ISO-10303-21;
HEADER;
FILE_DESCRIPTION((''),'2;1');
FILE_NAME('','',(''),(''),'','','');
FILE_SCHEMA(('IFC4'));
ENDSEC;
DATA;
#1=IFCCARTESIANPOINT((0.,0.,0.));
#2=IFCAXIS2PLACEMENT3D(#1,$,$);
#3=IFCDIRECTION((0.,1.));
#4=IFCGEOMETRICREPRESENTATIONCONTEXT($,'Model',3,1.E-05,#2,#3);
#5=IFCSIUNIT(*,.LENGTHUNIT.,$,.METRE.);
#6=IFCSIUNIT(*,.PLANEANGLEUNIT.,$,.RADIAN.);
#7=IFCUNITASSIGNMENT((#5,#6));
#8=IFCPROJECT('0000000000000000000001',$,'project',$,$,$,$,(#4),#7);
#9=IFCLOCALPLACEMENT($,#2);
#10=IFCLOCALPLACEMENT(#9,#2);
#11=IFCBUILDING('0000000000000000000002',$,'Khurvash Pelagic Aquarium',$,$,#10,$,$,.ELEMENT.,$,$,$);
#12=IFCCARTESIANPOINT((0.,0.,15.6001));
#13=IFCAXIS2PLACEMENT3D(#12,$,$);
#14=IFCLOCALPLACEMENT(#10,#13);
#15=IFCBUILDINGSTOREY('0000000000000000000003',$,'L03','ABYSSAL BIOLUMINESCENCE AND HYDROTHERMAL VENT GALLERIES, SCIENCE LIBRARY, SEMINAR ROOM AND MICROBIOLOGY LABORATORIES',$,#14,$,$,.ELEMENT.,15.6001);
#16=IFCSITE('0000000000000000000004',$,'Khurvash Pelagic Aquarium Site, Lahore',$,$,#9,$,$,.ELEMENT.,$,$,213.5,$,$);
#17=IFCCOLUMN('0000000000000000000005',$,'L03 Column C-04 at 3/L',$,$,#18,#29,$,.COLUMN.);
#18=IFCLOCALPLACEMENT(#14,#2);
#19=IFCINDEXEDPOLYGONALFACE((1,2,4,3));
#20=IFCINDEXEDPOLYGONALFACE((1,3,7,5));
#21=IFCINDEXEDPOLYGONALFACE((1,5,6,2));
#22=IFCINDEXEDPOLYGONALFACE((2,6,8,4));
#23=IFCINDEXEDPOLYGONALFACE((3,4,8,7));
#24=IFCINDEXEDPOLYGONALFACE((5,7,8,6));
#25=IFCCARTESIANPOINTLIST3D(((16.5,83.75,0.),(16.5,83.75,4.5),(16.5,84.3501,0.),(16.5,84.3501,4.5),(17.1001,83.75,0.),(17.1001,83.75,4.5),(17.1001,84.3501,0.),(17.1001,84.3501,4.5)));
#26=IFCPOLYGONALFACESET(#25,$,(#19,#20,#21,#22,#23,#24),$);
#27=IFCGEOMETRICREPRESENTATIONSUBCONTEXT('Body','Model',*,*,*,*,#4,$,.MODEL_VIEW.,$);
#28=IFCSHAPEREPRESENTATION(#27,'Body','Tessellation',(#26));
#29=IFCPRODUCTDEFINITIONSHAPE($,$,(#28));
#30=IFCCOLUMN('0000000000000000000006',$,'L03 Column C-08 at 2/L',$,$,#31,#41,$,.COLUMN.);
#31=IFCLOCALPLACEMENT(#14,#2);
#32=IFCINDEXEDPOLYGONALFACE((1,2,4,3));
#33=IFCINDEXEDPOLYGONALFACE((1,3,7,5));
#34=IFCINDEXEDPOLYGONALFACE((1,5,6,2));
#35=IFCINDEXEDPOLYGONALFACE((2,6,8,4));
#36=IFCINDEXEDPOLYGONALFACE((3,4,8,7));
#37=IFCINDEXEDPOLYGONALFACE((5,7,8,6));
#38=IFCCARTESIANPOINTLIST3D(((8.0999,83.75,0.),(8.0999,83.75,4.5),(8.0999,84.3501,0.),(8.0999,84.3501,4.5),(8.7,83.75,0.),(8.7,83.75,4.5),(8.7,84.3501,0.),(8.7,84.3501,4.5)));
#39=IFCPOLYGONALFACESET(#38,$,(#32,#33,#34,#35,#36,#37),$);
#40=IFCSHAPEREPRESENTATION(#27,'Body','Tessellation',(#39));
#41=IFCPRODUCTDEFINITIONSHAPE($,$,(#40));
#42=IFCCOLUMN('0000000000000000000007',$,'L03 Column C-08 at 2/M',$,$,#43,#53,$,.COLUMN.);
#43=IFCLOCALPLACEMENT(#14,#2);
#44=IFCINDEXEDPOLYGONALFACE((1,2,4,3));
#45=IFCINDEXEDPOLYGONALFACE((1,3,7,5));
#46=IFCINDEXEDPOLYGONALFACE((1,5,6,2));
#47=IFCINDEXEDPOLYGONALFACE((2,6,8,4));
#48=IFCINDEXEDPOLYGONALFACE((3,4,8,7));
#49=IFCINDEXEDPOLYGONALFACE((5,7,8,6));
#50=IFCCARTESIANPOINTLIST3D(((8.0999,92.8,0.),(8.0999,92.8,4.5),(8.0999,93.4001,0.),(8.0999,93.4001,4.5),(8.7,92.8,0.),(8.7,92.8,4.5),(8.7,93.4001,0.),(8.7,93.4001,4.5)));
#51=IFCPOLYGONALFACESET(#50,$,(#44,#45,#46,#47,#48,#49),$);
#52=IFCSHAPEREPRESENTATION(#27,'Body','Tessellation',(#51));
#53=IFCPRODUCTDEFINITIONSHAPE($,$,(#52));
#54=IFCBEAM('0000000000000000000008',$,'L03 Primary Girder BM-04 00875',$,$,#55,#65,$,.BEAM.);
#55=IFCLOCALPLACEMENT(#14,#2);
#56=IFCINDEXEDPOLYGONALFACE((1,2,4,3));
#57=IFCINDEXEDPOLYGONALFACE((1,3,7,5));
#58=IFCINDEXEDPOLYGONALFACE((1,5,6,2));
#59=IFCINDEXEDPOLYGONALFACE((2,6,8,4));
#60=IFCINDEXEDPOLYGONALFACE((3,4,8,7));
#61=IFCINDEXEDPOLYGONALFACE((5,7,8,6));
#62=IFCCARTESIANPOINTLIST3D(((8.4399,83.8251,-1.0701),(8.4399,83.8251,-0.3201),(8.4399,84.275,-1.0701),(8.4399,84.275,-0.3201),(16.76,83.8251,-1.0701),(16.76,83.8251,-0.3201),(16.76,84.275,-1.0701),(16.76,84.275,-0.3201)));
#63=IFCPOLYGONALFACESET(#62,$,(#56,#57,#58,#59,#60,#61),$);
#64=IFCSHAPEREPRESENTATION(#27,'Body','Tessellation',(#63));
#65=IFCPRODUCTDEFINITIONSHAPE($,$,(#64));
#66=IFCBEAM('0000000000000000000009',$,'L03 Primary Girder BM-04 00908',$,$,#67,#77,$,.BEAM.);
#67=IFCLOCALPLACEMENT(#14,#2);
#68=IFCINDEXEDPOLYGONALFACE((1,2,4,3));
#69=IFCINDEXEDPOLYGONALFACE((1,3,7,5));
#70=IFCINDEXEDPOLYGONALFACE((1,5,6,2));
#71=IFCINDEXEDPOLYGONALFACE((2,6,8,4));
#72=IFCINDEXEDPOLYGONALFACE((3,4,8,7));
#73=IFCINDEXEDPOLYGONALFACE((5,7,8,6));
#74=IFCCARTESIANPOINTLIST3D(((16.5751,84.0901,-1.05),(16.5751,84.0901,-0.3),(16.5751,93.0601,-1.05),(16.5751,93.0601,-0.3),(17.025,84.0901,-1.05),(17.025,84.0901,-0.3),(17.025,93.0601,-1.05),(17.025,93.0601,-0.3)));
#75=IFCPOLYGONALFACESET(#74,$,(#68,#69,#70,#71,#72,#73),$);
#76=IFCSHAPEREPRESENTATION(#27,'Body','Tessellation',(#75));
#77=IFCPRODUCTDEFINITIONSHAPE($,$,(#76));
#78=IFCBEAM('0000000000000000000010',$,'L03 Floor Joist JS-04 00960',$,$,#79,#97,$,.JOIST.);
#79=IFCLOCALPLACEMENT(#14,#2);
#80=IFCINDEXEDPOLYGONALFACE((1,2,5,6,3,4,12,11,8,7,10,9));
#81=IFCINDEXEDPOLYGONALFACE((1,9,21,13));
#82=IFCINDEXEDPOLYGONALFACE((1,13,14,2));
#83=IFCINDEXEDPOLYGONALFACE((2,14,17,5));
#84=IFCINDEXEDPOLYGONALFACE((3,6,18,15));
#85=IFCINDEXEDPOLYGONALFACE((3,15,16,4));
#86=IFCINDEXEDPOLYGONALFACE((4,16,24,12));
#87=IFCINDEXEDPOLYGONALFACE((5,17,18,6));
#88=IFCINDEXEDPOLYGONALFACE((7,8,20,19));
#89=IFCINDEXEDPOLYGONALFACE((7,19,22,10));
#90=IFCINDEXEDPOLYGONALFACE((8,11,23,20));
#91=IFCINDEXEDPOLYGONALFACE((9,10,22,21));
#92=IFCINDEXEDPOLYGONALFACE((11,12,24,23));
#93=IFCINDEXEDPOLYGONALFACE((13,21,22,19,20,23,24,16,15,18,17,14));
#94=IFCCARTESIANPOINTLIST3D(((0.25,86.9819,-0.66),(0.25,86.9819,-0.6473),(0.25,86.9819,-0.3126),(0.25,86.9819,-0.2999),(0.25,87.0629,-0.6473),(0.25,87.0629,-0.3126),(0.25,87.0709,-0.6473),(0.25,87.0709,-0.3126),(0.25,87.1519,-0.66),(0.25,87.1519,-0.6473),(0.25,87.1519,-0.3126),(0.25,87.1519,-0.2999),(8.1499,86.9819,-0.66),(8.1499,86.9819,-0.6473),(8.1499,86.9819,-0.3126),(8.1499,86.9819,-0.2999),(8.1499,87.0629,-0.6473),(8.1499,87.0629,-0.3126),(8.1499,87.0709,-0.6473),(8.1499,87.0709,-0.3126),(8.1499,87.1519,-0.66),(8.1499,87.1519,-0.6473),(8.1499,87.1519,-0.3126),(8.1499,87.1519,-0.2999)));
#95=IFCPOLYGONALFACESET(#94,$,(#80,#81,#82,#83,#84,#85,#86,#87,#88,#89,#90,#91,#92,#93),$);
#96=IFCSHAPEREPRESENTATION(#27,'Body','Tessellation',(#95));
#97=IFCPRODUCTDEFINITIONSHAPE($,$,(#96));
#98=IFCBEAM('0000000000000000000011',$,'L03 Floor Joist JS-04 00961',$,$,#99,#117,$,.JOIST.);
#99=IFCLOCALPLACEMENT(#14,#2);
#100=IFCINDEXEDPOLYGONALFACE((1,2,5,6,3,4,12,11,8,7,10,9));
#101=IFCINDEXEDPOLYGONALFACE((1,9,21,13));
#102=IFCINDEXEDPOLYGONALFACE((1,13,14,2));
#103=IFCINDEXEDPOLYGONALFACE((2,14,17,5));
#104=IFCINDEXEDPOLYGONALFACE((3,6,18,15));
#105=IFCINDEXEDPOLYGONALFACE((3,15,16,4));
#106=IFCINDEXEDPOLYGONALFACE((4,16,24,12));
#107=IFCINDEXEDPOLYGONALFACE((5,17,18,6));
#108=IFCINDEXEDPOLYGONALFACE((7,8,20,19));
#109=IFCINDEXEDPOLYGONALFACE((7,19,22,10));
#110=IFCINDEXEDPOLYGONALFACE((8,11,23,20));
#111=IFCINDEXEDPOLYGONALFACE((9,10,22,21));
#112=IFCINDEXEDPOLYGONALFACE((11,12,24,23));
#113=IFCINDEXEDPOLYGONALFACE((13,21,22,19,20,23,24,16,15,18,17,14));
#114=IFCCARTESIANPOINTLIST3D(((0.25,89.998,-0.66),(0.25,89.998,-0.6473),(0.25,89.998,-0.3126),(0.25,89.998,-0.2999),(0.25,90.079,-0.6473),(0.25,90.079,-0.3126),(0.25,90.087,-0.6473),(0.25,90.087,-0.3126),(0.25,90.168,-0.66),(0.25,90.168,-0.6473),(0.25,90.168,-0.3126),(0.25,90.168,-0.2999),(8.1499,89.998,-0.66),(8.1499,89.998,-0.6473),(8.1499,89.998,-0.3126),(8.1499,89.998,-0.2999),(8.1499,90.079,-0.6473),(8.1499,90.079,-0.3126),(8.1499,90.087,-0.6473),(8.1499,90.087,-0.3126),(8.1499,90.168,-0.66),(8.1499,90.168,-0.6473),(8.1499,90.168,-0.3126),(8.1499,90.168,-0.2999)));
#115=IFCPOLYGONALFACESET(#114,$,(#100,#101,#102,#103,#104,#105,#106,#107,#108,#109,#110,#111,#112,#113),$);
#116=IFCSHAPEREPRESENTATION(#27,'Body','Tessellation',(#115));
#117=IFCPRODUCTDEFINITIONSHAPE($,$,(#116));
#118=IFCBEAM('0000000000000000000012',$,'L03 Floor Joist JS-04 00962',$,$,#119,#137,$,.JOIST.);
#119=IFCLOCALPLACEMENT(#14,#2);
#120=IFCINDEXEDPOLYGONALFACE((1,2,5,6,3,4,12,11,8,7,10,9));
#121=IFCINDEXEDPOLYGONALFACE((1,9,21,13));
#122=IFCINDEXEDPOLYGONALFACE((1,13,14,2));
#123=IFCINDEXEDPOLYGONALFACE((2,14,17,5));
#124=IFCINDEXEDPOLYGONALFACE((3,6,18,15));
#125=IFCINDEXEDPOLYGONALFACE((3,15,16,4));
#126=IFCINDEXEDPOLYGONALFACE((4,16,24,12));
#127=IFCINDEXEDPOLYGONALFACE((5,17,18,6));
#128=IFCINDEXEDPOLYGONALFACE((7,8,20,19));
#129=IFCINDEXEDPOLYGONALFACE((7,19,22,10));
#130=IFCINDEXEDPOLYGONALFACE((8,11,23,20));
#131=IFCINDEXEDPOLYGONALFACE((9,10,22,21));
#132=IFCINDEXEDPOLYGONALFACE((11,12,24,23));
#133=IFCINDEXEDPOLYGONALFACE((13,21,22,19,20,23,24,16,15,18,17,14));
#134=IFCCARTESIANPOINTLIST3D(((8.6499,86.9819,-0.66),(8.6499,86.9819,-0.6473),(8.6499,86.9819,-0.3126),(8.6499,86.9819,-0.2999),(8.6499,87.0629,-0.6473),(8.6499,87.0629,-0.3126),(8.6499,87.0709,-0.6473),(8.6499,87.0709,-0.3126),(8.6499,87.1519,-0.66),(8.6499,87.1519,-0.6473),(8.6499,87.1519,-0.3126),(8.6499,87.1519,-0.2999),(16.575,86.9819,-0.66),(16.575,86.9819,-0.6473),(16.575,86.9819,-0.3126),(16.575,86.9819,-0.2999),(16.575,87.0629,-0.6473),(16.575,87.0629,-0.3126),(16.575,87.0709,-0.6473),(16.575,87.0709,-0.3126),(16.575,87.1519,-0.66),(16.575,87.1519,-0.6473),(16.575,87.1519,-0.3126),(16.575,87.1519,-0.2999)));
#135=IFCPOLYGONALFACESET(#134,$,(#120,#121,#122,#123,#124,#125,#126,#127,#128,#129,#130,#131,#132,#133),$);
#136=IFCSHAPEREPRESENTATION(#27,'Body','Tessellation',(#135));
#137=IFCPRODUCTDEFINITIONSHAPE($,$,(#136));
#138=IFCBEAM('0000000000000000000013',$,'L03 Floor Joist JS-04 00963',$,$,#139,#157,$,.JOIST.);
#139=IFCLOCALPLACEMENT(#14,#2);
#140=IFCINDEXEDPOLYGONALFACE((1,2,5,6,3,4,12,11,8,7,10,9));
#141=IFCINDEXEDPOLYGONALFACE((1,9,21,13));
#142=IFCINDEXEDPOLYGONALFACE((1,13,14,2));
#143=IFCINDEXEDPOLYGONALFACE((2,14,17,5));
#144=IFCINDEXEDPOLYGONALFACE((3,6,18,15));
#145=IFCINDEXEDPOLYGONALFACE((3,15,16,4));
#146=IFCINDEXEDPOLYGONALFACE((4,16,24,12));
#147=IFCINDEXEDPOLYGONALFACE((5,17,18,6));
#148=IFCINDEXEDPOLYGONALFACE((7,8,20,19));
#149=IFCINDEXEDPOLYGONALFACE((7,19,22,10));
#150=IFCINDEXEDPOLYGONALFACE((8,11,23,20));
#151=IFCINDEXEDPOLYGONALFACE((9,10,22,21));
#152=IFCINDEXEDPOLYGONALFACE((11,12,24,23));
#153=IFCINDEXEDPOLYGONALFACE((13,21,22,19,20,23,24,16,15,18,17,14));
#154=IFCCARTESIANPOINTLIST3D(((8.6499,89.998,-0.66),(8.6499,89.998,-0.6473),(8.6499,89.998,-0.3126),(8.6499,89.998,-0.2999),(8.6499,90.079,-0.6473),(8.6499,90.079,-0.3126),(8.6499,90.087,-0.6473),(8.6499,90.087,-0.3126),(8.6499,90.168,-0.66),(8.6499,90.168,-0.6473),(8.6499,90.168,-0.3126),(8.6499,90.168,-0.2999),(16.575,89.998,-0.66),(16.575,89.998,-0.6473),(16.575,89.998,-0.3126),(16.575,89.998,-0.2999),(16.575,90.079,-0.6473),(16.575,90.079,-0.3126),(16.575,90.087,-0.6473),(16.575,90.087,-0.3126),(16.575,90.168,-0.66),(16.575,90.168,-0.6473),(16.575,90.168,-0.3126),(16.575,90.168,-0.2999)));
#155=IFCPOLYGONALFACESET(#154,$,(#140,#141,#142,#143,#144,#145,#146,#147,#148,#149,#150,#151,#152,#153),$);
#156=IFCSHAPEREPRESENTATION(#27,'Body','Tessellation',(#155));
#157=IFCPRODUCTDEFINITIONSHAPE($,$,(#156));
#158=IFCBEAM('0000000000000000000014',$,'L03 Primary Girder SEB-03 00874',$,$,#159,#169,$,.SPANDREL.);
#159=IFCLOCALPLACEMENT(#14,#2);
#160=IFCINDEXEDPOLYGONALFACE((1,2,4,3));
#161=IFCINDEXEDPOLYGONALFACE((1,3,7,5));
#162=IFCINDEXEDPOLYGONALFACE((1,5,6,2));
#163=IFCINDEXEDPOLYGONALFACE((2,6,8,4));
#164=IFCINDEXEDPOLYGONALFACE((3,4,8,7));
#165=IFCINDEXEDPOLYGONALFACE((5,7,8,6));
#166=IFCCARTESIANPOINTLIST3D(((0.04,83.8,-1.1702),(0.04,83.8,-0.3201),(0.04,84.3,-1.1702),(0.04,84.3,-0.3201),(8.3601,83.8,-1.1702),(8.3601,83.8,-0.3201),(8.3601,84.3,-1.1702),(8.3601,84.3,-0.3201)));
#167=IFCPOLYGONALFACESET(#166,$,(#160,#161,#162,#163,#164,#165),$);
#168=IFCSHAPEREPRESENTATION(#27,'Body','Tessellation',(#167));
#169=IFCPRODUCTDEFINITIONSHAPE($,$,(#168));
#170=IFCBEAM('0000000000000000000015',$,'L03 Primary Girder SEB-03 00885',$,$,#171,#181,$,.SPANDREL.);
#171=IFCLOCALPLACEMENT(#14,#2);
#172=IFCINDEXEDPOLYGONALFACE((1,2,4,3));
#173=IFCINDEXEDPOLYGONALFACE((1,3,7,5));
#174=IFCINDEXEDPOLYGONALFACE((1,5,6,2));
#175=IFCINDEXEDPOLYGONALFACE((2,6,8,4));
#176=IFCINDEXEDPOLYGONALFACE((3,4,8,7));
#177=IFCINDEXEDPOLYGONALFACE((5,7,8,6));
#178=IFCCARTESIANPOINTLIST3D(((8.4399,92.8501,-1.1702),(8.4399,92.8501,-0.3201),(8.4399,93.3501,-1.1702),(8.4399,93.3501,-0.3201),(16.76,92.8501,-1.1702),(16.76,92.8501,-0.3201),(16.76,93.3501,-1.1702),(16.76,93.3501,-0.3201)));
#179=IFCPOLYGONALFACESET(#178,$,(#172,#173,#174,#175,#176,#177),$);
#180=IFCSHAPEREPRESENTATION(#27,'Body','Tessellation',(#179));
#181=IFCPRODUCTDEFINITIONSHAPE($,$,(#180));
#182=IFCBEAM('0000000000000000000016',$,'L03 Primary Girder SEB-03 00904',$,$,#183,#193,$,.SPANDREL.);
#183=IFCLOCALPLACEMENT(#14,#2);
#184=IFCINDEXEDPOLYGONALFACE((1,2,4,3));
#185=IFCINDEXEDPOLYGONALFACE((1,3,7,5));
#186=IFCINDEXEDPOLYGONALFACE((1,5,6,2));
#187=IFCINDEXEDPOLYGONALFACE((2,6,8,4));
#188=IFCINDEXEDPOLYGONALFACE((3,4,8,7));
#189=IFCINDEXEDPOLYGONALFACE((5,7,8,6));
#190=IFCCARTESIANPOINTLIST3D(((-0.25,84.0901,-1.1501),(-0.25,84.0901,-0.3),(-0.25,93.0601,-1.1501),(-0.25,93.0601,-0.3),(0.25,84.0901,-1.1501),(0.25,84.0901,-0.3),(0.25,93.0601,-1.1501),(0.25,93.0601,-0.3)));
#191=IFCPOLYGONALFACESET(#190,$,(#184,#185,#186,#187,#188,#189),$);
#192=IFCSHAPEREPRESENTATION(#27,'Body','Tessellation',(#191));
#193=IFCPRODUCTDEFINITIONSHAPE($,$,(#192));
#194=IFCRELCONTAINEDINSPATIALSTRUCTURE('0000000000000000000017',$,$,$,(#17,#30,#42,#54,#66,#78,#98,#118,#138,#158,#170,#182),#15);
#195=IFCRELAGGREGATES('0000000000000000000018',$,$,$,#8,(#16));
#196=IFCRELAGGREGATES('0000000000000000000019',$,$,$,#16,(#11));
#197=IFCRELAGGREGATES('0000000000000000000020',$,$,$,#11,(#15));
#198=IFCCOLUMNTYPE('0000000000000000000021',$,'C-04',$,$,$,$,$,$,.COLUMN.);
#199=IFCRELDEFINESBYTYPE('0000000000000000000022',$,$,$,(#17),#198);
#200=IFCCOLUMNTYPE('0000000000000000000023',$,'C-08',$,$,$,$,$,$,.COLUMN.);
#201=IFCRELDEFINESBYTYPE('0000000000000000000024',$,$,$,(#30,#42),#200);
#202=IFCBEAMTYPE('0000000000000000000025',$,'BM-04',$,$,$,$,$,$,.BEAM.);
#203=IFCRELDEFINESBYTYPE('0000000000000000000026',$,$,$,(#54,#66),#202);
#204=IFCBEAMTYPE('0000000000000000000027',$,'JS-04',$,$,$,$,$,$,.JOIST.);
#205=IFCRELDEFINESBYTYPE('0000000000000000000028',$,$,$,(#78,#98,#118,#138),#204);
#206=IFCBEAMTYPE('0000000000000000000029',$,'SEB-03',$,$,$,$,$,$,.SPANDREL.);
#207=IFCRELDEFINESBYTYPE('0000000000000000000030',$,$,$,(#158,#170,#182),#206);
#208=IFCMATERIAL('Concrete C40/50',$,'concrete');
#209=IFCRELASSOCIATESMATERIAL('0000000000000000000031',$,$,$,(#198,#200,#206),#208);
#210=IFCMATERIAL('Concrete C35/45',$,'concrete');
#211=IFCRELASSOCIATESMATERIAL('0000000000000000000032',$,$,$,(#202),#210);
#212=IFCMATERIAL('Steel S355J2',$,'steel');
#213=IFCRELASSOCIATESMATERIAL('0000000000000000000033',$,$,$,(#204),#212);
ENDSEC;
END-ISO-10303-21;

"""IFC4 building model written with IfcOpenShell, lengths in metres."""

from ifc_helpers import new_model, si_unit, direction, frame, origin, origin_2d, place, context, subcontext, project, spatial, rectangle, i_section, extrude, material, material_profile, profile_set, type_object, element, save


model = new_model("IFC4")

# Units and contexts
model_context = context("Model", 3, precision=1e-05, world=origin(), true_north=direction((0.0, 1.0)))
body_context = subcontext(model_context, "Body", "Model", "MODEL_VIEW")
ifc_project = project(units=[si_unit("LENGTHUNIT", "METRE"), si_unit("PLANEANGLEUNIT", "RADIAN")], contexts=[model_context])

# Site, building, storey
site_placement = place(None, origin())
site = spatial("IfcSite", under=ifc_project, at=site_placement, Name="Khurvash Pelagic Aquarium Site, Lahore", CompositionType="ELEMENT", RefElevation=213.5)
building_placement = place(site_placement, origin())
building = spatial("IfcBuilding", under=site, at=building_placement, Name="Khurvash Pelagic Aquarium", CompositionType="ELEMENT")
storey_placement = place(building_placement, frame((0.0, 0.0, 15.6001)))
storey = spatial("IfcBuildingStorey", under=building, at=storey_placement, Name="L03", Description="ABYSSAL BIOLUMINESCENCE AND HYDROTHERMAL VENT GALLERIES, SCIENCE LIBRARY, SEMINAR ROOM AND MICROBIOLOGY LABORATORIES", CompositionType="ELEMENT", Elevation=15.6001)

# Columns
ifc_material_1 = material(Name="Concrete C40/50", Category="concrete")
ifc_material_profile_1 = material_profile(ifc_material_1, rectangle(XDim=0.6001, YDim=0.6001, at=origin_2d()), Name="RC600X600")
ifc_profile_set_1 = profile_set([ifc_material_profile_1], Name="Concrete C40/50")
column_type_1 = type_object("IfcColumnType", Name="C-04", PredefinedType="COLUMN", material=ifc_profile_set_1)
column_placement = place(storey_placement, frame((16.8, 84.05, 0.0), z_axis=(0.0, 0.0, 1.0), x_axis=(1.0, 0.0, 0.0)))
element("IfcColumn", 1, at=column_placement, inside=storey, type_object=column_type_1, Name="L03 Column C-04 at 3/L", PredefinedType="COLUMN", context=body_context, shape_type="SweptSolid", body=[
    extrude(rectangle(XDim=0.6001, YDim=0.6001, at=origin_2d()), origin(), (0.0, 0.0, 1.0), 4.5),
])
ifc_material_profile_2 = material_profile(ifc_material_1, rectangle(XDim=0.6001, YDim=0.6001, at=origin_2d()), Name="RC600X600")
ifc_profile_set_2 = profile_set([ifc_material_profile_2], Name="Concrete C40/50")
column_type_2 = type_object("IfcColumnType", Name="C-08", PredefinedType="COLUMN", material=ifc_profile_set_2)
for number, where, z_axis, x_axis, name in (
    (2, (8.3999, 84.05, 0.0), (0.0, 0.0, 1.0), (1.0, 0.0, 0.0), "L03 Column C-08 at 2/L"),
    (3, (8.3999, 93.1001, 0.0), (0.0, 0.0, 1.0), (1.0, 0.0, 0.0), "L03 Column C-08 at 2/M"),
):
    element("IfcColumn", number, at=place(storey_placement, frame(where, z_axis=z_axis, x_axis=x_axis)), inside=storey, type_object=column_type_2, Name=name, PredefinedType="COLUMN", context=body_context, shape_type="SweptSolid", body=[
        extrude(rectangle(XDim=0.6001, YDim=0.6001, at=origin_2d()), origin(), (0.0, 0.0, 1.0), 4.5),
    ])

# Beams
ifc_material_2 = material(Name="Concrete C35/45", Category="concrete")
ifc_material_profile_3 = material_profile(ifc_material_2, rectangle(XDim=0.45, YDim=0.75, at=origin_2d()), Name="RC450X750")
ifc_profile_set_3 = profile_set([ifc_material_profile_3], Name="Concrete C35/45")
beam_type_1 = type_object("IfcBeamType", Name="BM-04", PredefinedType="BEAM", material=ifc_profile_set_3)
beam_1_placement = place(storey_placement, frame((8.4399, 84.05, -0.6951), z_axis=(1.0, 0.0, 0.0), x_axis=(0.0, 1.0, 0.0)))
element("IfcBeam", 4, at=beam_1_placement, inside=storey, type_object=beam_type_1, Name="L03 Primary Girder BM-04 00875", PredefinedType="BEAM", context=body_context, shape_type="SweptSolid", body=[
    extrude(rectangle(XDim=0.45, YDim=0.75, at=origin_2d()), origin(), (0.0, 0.0, 1.0), 8.3201),
])
beam_2_placement = place(storey_placement, frame((16.8, 84.0901, -0.675), z_axis=(0.0, 1.0, 0.0), x_axis=(-1.0, 0.0, 0.0)))
element("IfcBeam", 5, at=beam_2_placement, inside=storey, type_object=beam_type_1, Name="L03 Primary Girder BM-04 00908", PredefinedType="BEAM", context=body_context, shape_type="SweptSolid", body=[
    extrude(rectangle(XDim=0.45, YDim=0.75, at=origin_2d()), origin(), (0.0, 0.0, 1.0), 8.97),
])
ifc_material_3 = material(Name="Steel S355J2", Category="steel")
ifc_material_profile_4 = material_profile(ifc_material_3, i_section(OverallWidth=0.1699, OverallDepth=0.3601, WebThickness=0.0081, FlangeThickness=0.0127, at=origin_2d()), Name="IPE360")
ifc_profile_set_4 = profile_set([ifc_material_profile_4], Name="Steel S355J2")
beam_type_2 = type_object("IfcBeamType", Name="JS-04", PredefinedType="JOIST", material=ifc_profile_set_4)
for number, where, z_axis, x_axis, name in (
    (6, (0.25, 87.0669, -0.48), (1.0, 0.0, 0.0), (0.0, 1.0, 0.0), "L03 Floor Joist JS-04 00960"),
    (7, (0.25, 90.083, -0.48), (1.0, 0.0, 0.0), (0.0, 1.0, 0.0), "L03 Floor Joist JS-04 00961"),
):
    element("IfcBeam", number, at=place(storey_placement, frame(where, z_axis=z_axis, x_axis=x_axis)), inside=storey, type_object=beam_type_2, Name=name, PredefinedType="JOIST", context=body_context, shape_type="SweptSolid", body=[
        extrude(i_section(OverallWidth=0.1699, OverallDepth=0.3601, WebThickness=0.0081, FlangeThickness=0.0127, at=origin_2d()), origin(), (0.0, 0.0, 1.0), 7.8999),
    ])
for number, where, z_axis, x_axis, name in (
    (8, (8.6499, 87.0669, -0.48), (1.0, 0.0, 0.0), (0.0, 1.0, 0.0), "L03 Floor Joist JS-04 00962"),
    (9, (8.6499, 90.083, -0.48), (1.0, 0.0, 0.0), (0.0, 1.0, 0.0), "L03 Floor Joist JS-04 00963"),
):
    element("IfcBeam", number, at=place(storey_placement, frame(where, z_axis=z_axis, x_axis=x_axis)), inside=storey, type_object=beam_type_2, Name=name, PredefinedType="JOIST", context=body_context, shape_type="SweptSolid", body=[
        extrude(i_section(OverallWidth=0.1699, OverallDepth=0.3601, WebThickness=0.0081, FlangeThickness=0.0127, at=origin_2d()), origin(), (0.0, 0.0, 1.0), 7.925),
    ])
ifc_material_profile_5 = material_profile(ifc_material_1, rectangle(XDim=0.5, YDim=0.8501, at=origin_2d()), Name="RC500X850")
ifc_profile_set_5 = profile_set([ifc_material_profile_5], Name="Concrete C40/50")
beam_type_3 = type_object("IfcBeamType", Name="SEB-03", PredefinedType="SPANDREL", material=ifc_profile_set_5)
for number, where, z_axis, x_axis, name in (
    (10, (0.04, 84.05, -0.7451), (1.0, 0.0, 0.0), (0.0, 1.0, 0.0), "L03 Primary Girder SEB-03 00874"),
    (11, (8.4399, 93.1001, -0.7451), (1.0, 0.0, 0.0), (0.0, 1.0, 0.0), "L03 Primary Girder SEB-03 00885"),
):
    element("IfcBeam", number, at=place(storey_placement, frame(where, z_axis=z_axis, x_axis=x_axis)), inside=storey, type_object=beam_type_3, Name=name, PredefinedType="SPANDREL", context=body_context, shape_type="SweptSolid", body=[
        extrude(rectangle(XDim=0.5, YDim=0.8501, at=origin_2d()), origin(), (0.0, 0.0, 1.0), 8.3201),
    ])
for number, where, z_axis, x_axis, name in (
    (12, (0.0, 84.0901, -0.7251), (0.0, 1.0, 0.0), (-1.0, 0.0, 0.0), "L03 Primary Girder SEB-03 00904"),
):
    element("IfcBeam", number, at=place(storey_placement, frame(where, z_axis=z_axis, x_axis=x_axis)), inside=storey, type_object=beam_type_3, Name=name, PredefinedType="SPANDREL", context=body_context, shape_type="SweptSolid", body=[
        extrude(rectangle(XDim=0.5, YDim=0.8501, at=origin_2d()), origin(), (0.0, 0.0, 1.0), 8.97),
    ])

save(model, "model.ifc")
